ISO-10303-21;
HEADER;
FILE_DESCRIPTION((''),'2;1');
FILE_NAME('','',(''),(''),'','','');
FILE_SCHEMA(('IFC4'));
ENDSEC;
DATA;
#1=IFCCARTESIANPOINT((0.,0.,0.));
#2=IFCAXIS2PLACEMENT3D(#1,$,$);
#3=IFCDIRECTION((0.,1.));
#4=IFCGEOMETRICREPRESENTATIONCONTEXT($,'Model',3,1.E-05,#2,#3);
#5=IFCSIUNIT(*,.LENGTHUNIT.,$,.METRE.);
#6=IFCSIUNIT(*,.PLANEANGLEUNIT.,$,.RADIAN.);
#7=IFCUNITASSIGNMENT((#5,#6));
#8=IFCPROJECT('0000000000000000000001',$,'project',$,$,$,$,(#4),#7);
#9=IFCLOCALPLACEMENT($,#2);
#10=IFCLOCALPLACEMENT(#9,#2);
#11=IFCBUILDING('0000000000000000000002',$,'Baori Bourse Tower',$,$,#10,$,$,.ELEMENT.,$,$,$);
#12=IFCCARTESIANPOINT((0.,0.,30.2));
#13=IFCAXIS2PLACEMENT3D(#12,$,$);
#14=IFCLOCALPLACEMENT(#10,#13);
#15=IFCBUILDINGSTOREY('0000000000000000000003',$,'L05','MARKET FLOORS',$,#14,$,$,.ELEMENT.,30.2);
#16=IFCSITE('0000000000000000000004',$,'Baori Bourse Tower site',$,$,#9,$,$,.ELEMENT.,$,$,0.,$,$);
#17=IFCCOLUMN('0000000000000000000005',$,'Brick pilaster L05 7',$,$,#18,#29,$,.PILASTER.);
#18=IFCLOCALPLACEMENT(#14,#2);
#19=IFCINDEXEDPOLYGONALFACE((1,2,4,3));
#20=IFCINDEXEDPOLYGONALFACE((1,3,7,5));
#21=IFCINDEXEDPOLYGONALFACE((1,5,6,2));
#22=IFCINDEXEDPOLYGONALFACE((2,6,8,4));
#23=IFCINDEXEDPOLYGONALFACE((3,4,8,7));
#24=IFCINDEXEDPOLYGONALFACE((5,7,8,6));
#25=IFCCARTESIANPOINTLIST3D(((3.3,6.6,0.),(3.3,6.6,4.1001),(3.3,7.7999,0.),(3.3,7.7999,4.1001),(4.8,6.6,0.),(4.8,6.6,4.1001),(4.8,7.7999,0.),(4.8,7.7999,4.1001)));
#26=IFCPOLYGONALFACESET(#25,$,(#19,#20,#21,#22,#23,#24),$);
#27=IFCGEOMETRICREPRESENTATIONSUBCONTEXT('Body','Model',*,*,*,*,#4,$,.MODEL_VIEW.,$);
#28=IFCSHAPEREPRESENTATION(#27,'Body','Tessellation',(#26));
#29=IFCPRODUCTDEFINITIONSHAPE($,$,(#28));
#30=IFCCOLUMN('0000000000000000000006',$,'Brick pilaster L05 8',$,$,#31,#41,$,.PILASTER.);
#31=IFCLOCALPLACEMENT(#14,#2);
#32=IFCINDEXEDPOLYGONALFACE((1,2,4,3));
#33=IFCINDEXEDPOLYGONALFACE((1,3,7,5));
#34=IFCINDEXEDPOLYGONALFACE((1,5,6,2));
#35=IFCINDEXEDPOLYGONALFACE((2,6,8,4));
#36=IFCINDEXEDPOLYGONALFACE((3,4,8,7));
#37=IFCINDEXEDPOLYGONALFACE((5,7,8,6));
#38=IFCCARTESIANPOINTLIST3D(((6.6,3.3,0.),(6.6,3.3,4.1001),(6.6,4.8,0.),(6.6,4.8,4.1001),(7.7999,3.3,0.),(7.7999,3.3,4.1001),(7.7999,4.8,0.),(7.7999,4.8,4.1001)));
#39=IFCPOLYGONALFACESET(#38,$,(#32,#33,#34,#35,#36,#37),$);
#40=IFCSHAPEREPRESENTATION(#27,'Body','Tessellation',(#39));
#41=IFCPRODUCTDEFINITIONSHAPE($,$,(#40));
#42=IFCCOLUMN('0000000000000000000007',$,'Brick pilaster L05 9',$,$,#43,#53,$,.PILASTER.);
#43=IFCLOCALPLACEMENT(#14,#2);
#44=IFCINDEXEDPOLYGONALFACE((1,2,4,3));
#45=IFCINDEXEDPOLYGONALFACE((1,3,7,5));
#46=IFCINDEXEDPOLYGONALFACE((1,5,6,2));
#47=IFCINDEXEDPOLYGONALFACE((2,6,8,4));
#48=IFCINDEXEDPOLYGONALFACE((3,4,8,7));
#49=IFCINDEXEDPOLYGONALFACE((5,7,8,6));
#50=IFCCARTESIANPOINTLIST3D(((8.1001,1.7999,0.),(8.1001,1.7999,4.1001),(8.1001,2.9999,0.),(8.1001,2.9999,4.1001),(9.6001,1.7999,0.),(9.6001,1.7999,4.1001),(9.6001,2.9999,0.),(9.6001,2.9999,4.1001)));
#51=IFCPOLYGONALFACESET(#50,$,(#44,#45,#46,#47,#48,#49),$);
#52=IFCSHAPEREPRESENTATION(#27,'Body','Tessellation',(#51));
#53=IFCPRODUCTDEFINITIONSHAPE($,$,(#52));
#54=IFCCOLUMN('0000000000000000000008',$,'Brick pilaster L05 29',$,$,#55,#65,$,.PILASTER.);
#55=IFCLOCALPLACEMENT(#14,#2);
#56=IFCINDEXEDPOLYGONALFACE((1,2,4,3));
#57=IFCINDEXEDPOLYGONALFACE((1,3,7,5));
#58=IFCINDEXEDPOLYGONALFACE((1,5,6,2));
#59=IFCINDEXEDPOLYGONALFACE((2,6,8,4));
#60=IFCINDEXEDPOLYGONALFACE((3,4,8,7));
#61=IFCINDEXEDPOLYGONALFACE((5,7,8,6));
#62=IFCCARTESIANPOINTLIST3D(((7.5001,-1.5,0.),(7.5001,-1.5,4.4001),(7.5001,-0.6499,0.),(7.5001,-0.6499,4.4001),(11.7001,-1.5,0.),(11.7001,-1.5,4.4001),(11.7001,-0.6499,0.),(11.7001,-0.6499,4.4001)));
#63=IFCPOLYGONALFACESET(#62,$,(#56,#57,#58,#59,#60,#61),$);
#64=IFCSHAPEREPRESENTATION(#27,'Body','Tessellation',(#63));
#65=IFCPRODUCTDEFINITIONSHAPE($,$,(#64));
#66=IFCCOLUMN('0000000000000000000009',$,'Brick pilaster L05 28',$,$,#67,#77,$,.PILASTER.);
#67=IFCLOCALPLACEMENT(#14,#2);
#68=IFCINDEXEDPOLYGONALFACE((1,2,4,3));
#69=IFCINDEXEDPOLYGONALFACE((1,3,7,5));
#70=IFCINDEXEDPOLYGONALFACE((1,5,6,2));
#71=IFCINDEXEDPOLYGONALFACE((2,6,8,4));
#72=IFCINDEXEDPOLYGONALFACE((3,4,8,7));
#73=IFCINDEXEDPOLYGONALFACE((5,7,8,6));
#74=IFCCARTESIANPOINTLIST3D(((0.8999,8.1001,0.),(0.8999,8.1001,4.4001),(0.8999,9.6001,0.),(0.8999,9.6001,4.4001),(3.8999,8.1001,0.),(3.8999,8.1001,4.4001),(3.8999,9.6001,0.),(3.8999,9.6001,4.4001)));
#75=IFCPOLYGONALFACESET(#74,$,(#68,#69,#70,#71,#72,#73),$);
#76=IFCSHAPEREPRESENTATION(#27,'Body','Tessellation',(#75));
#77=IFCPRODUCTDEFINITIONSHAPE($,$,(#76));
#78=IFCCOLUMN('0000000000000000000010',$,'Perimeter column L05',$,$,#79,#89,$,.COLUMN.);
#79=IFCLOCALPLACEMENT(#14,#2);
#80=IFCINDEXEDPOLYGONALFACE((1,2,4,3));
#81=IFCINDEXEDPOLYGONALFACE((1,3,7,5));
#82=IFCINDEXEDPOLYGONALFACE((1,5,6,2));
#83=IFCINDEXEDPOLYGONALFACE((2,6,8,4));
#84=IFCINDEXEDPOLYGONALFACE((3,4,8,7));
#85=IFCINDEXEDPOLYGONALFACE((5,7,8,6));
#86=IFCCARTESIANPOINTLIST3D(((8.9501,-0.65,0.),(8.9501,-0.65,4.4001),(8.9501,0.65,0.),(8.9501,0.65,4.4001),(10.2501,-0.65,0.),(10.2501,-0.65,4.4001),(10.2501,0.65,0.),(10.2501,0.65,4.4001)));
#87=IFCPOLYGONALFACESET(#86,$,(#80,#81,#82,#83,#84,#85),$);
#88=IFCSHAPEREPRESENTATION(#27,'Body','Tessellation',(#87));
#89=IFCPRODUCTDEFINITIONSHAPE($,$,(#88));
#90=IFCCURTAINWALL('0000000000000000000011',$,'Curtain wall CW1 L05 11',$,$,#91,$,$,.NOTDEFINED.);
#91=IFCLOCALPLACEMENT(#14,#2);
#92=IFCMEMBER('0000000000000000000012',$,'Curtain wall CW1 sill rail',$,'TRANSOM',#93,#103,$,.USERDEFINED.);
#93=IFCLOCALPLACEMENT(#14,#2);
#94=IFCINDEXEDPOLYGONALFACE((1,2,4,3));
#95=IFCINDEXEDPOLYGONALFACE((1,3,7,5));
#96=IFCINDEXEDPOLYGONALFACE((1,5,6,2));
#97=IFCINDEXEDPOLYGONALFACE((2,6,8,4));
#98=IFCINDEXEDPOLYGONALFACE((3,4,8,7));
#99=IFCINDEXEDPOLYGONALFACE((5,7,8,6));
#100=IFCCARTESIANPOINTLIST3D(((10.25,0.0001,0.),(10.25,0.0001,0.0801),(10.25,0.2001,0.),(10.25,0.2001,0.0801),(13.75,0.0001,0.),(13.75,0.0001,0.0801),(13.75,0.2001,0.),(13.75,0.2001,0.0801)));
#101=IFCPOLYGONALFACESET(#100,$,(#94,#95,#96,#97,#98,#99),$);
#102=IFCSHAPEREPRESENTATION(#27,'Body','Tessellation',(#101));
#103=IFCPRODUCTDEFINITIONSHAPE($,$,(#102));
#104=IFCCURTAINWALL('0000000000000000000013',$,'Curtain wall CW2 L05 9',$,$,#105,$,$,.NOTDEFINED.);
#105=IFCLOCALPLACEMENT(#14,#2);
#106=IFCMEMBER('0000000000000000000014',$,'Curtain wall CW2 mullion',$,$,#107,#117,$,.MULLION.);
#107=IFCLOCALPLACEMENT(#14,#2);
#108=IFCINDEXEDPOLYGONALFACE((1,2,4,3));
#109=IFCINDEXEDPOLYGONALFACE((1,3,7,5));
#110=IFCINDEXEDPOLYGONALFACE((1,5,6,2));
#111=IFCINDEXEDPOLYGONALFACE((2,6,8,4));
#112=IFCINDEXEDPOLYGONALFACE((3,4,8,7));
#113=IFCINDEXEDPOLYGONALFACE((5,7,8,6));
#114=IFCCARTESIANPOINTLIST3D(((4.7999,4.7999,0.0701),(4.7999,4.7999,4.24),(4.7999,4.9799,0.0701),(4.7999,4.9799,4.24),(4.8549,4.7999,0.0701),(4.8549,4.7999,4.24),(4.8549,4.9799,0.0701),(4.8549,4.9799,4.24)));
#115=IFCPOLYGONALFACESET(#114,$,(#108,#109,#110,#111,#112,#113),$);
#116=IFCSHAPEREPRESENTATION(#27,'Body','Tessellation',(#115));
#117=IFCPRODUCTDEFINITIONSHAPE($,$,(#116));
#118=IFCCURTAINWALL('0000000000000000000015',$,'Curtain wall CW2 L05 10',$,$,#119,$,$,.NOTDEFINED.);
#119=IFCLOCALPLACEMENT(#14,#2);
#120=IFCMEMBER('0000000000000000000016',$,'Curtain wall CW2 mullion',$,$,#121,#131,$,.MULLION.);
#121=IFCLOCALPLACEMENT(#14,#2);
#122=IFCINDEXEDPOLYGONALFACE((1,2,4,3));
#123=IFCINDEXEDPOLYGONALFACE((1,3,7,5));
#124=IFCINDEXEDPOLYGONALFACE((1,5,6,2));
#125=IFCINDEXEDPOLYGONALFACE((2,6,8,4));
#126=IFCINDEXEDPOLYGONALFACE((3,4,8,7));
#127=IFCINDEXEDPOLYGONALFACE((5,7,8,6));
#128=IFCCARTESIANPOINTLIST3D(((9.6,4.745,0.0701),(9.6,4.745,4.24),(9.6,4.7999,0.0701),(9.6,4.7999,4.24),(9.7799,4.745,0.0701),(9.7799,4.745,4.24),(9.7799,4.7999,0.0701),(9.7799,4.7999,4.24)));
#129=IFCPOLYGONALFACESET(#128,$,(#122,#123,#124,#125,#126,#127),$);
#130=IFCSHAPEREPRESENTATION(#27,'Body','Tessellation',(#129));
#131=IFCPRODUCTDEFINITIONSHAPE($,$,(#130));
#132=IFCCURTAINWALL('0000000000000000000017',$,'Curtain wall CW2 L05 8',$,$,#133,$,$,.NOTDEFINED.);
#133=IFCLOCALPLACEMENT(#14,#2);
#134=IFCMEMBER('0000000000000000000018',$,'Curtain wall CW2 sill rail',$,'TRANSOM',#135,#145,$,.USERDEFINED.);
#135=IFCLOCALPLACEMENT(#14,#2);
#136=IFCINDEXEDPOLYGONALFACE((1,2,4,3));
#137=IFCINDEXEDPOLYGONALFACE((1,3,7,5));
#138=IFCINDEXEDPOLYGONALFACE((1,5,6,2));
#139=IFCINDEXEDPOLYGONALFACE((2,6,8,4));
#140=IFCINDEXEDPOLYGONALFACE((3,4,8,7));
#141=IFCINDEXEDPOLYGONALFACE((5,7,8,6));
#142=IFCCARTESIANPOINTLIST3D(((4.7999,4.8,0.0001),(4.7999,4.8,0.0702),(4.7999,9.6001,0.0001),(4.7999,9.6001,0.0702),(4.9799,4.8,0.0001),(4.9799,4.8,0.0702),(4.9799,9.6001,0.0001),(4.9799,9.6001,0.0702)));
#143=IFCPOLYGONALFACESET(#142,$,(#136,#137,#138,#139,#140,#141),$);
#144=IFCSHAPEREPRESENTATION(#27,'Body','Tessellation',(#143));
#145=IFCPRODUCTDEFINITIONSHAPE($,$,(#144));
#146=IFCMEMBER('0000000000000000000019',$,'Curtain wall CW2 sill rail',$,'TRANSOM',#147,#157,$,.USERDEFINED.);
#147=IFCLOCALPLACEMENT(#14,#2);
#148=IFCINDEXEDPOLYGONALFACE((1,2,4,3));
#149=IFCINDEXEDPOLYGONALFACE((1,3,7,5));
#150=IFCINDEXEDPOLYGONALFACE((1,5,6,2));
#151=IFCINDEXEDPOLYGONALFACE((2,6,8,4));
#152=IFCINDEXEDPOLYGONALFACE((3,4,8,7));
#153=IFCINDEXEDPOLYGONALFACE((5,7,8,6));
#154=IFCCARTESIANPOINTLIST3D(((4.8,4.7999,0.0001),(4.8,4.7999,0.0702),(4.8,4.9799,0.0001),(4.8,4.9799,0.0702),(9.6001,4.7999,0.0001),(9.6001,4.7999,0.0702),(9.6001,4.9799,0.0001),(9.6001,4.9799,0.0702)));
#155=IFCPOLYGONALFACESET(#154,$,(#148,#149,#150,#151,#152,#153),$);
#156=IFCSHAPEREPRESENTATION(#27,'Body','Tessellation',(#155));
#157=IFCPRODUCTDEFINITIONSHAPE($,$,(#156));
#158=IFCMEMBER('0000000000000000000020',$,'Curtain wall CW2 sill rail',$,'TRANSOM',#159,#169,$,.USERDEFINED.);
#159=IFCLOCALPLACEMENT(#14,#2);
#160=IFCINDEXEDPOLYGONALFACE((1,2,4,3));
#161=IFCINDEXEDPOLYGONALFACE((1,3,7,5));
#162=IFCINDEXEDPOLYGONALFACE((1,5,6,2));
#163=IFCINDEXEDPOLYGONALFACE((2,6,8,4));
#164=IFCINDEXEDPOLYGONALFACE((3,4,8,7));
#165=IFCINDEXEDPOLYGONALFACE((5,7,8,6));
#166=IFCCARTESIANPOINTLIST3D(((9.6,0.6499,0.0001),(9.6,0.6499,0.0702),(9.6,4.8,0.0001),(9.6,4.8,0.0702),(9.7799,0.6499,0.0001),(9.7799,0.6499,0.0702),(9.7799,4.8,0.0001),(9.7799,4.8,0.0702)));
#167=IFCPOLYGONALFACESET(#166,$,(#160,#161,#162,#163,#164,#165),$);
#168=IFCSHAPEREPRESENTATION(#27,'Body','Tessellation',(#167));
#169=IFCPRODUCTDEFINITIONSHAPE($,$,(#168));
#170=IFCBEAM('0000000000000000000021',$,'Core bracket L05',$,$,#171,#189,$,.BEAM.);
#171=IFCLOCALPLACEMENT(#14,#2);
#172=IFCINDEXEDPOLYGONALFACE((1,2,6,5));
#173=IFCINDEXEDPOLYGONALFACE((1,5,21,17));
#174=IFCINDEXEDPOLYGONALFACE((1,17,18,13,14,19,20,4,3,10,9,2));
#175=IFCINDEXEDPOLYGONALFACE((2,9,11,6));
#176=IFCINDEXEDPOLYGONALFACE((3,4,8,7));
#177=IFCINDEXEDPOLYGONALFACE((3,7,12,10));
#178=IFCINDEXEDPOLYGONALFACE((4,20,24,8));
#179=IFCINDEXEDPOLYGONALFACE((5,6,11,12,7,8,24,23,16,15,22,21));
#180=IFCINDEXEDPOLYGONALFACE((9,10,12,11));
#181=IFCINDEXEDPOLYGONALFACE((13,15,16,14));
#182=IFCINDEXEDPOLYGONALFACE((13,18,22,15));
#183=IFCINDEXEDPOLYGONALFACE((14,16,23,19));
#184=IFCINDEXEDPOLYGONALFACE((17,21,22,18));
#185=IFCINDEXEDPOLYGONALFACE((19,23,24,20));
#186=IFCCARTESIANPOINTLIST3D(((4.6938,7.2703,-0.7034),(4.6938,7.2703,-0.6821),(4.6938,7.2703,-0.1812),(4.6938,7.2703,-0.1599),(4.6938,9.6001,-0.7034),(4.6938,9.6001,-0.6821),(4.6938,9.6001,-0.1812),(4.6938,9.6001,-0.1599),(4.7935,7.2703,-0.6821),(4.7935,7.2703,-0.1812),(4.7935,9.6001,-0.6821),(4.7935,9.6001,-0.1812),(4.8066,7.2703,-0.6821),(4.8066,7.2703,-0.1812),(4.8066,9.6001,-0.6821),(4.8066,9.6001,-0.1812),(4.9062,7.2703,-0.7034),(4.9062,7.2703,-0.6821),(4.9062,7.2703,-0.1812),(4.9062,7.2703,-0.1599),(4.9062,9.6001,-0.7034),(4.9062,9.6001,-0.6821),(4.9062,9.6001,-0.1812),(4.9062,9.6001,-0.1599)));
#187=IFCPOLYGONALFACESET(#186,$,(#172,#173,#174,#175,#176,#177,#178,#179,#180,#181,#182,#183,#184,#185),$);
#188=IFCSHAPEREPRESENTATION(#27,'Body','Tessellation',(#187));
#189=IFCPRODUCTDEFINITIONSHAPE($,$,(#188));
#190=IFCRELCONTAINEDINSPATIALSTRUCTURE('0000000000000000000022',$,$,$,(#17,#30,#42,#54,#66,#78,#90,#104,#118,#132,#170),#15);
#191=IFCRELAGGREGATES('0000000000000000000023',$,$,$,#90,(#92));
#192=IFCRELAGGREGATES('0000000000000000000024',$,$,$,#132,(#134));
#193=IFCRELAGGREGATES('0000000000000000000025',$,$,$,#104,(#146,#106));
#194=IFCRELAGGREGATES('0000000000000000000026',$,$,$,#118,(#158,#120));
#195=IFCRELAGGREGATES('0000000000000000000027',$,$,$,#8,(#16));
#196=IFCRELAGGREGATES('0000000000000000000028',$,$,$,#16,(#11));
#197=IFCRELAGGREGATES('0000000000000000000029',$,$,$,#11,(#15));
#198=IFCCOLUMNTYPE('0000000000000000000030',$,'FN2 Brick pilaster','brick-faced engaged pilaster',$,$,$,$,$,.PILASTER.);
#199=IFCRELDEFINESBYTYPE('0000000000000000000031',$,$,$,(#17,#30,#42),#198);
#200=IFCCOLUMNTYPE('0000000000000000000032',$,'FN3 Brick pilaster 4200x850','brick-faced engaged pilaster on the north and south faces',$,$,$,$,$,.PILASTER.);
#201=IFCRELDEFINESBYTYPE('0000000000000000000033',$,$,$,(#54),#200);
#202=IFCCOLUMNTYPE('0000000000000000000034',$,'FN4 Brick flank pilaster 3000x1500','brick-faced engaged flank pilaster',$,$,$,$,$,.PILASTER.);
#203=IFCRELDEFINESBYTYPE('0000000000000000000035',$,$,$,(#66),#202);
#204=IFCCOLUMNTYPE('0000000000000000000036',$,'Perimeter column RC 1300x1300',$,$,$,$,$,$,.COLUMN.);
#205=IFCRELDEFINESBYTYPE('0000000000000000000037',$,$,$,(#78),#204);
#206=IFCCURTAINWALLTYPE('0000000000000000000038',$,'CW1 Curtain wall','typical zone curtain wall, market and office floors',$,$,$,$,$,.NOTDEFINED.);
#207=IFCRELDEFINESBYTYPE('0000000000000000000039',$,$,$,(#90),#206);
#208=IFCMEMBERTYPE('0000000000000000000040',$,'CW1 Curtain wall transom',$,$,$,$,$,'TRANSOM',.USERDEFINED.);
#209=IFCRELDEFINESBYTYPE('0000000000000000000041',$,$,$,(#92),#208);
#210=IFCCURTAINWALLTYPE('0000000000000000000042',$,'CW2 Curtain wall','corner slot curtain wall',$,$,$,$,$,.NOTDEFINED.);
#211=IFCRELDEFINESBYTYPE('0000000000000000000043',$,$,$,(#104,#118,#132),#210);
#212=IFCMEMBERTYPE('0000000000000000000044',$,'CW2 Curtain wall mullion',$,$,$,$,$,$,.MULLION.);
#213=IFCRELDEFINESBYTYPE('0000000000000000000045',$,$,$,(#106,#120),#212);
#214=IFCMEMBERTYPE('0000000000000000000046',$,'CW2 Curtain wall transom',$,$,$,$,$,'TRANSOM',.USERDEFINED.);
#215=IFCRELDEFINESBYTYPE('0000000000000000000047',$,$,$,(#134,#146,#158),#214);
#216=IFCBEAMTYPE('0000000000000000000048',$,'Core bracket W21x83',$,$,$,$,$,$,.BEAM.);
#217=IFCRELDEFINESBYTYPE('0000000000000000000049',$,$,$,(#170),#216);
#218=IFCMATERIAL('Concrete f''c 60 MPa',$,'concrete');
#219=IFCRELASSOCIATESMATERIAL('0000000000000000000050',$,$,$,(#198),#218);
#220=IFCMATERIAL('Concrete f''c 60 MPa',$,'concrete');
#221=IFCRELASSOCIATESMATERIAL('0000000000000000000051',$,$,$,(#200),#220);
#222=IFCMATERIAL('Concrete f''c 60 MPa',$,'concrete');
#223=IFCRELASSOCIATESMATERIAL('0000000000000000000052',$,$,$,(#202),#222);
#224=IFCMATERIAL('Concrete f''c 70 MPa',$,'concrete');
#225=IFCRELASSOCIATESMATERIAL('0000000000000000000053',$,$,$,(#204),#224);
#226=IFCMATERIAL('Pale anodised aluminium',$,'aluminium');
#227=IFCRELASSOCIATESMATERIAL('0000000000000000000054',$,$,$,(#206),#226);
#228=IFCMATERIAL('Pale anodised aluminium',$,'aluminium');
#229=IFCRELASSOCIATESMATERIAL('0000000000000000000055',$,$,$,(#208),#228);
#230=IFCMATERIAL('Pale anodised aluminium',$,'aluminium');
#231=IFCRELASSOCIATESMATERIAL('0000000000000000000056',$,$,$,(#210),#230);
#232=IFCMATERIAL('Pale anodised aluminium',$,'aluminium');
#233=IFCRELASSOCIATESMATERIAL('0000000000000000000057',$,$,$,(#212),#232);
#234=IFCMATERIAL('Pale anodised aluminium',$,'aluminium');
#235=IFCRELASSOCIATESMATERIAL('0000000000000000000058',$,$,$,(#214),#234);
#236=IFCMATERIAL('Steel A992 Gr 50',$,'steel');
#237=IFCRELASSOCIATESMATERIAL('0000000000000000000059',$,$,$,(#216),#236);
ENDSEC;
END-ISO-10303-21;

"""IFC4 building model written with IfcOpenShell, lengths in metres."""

from ifc_helpers import new_model, si_unit, direction, frame, origin, origin_2d, place, context, subcontext, project, spatial, rectangle, i_section, extrude, material, material_profile, profile_set, type_object, element, aggregate, save


model = new_model("IFC4")

# Units and contexts
model_context = context("Model", 3, precision=1e-05, world=origin(), true_north=direction((0.0, 1.0)))
body_context = subcontext(model_context, "Body", "Model", "MODEL_VIEW")
ifc_project = project(units=[si_unit("LENGTHUNIT", "METRE"), si_unit("PLANEANGLEUNIT", "RADIAN")], contexts=[model_context])

# Site, building, storey
site_placement = place(None, origin())
site = spatial("IfcSite", under=ifc_project, at=site_placement, Name="Baori Bourse Tower site", CompositionType="ELEMENT", RefElevation=0.0)
building_placement = place(site_placement, origin())
building = spatial("IfcBuilding", under=site, at=building_placement, Name="Baori Bourse Tower", CompositionType="ELEMENT")
storey_placement = place(building_placement, frame((0.0, 0.0, 30.2)))
storey = spatial("IfcBuildingStorey", under=building, at=storey_placement, Name="L05", Description="MARKET FLOORS", CompositionType="ELEMENT", Elevation=30.2)

# Columns
ifc_material_1 = material(Name="Concrete f'c 60 MPa", Category="concrete")
ifc_material_profile_1 = material_profile(ifc_material_1, rectangle(XDim=1.2, YDim=1.5, at=origin_2d()), Name="RC 1200x1500")
ifc_profile_set_1 = profile_set([ifc_material_profile_1], Name="Concrete f'c 60 MPa")
column_type_1 = type_object("IfcColumnType", Name="FN2 Brick pilaster", Description="brick-faced engaged pilaster", PredefinedType="PILASTER", material=ifc_profile_set_1)
for number, where, z_axis, x_axis, name in (
    (1, (4.05, 7.2, 0.0), (0.0, 0.0, 1.0), (0.0, 1.0, 0.0), "Brick pilaster L05 7"),
    (2, (7.2, 4.05, 0.0), (0.0, 0.0, 1.0), (1.0, 0.0, 0.0), "Brick pilaster L05 8"),
    (3, (8.8501, 2.3999, 0.0), (0.0, 0.0, 1.0), (0.0, 1.0, 0.0), "Brick pilaster L05 9"),
):
    element("IfcColumn", number, at=place(storey_placement, frame(where, z_axis=z_axis, x_axis=x_axis)), inside=storey, type_object=column_type_1, Name=name, PredefinedType="PILASTER", context=body_context, shape_type="SweptSolid", body=[
        extrude(rectangle(XDim=1.2, YDim=1.5, at=origin_2d()), origin(), (0.0, 0.0, 1.0), 4.1001),
    ])
ifc_material_2 = material(Name="Concrete f'c 60 MPa", Category="concrete")
ifc_material_profile_2 = material_profile(ifc_material_2, rectangle(XDim=4.2, YDim=0.8501, at=origin_2d()), Name="RC 4200x850")
ifc_profile_set_2 = profile_set([ifc_material_profile_2], Name="Concrete f'c 60 MPa")
column_type_2 = type_object("IfcColumnType", Name="FN3 Brick pilaster 4200x850", Description="brick-faced engaged pilaster on the north and south faces", PredefinedType="PILASTER", material=ifc_profile_set_2)
column_1_placement = place(storey_placement, frame((9.6001, -1.075, 0.0), z_axis=(0.0, 0.0, 1.0), x_axis=(1.0, 0.0, 0.0)))
element("IfcColumn", 4, at=column_1_placement, inside=storey, type_object=column_type_2, Name="Brick pilaster L05 29", PredefinedType="PILASTER", context=body_context, shape_type="SweptSolid", body=[
    extrude(rectangle(XDim=4.2, YDim=0.8501, at=origin_2d()), origin(), (0.0, 0.0, 1.0), 4.4001),
])
ifc_material_3 = material(Name="Concrete f'c 60 MPa", Category="concrete")
ifc_material_profile_3 = material_profile(ifc_material_3, rectangle(XDim=3.0, YDim=1.5, at=origin_2d()), Name="RC 3000x1500")
ifc_profile_set_3 = profile_set([ifc_material_profile_3], Name="Concrete f'c 60 MPa")
column_type_3 = type_object("IfcColumnType", Name="FN4 Brick flank pilaster 3000x1500", Description="brick-faced engaged flank pilaster", PredefinedType="PILASTER", material=ifc_profile_set_3)
column_2_placement = place(storey_placement, frame((2.3999, 8.8501, 0.0), z_axis=(0.0, 0.0, 1.0), x_axis=(1.0, 0.0, 0.0)))
element("IfcColumn", 5, at=column_2_placement, inside=storey, type_object=column_type_3, Name="Brick pilaster L05 28", PredefinedType="PILASTER", context=body_context, shape_type="SweptSolid", body=[
    extrude(rectangle(XDim=3.0, YDim=1.5, at=origin_2d()), origin(), (0.0, 0.0, 1.0), 4.4001),
])
ifc_material_4 = material(Name="Concrete f'c 70 MPa", Category="concrete")
ifc_material_profile_4 = material_profile(ifc_material_4, rectangle(XDim=1.3, YDim=1.3, at=origin_2d()), Name="RC 1300x1300")
ifc_profile_set_4 = profile_set([ifc_material_profile_4], Name="Concrete f'c 70 MPa")
column_type_4 = type_object("IfcColumnType", Name="Perimeter column RC 1300x1300", PredefinedType="COLUMN", material=ifc_profile_set_4)
column_3_placement = place(storey_placement, frame((9.6001, 0.0, 0.0), z_axis=(0.0, 0.0, 1.0), x_axis=(1.0, 0.0, 0.0)))
element("IfcColumn", 6, at=column_3_placement, inside=storey, type_object=column_type_4, Name="Perimeter column L05", PredefinedType="COLUMN", context=body_context, shape_type="SweptSolid", body=[
    extrude(rectangle(XDim=1.3, YDim=1.3, at=origin_2d()), origin(), (0.0, 0.0, 1.0), 4.4001),
])

# Curtain walls, members
ifc_material_5 = material(Name="Pale anodised aluminium", Category="aluminium")
curtain_wall_type_1 = type_object("IfcCurtainWallType", Name="CW1 Curtain wall", Description="typical zone curtain wall, market and office floors", PredefinedType="NOTDEFINED", material=ifc_material_5)
curtain_wall_1_placement = place(storey_placement, origin())
curtain_wall_1 = element("IfcCurtainWall", 7, at=curtain_wall_1_placement, inside=storey, type_object=curtain_wall_type_1, Name="Curtain wall CW1 L05 11", PredefinedType="NOTDEFINED")
ifc_material_6 = material(Name="Pale anodised aluminium", Category="aluminium")
ifc_material_profile_5 = material_profile(ifc_material_6, rectangle(XDim=0.2, YDim=0.0801, at=origin_2d()), Name="Transom 80x200")
ifc_profile_set_5 = profile_set([ifc_material_profile_5], Name="Pale anodised aluminium")
member_type_1 = type_object("IfcMemberType", Name="CW1 Curtain wall transom", ElementType="TRANSOM", PredefinedType="USERDEFINED", material=ifc_profile_set_5)
member_1_placement = place(storey_placement, frame((10.25, 0.1001, 0.04), z_axis=(1.0, 0.0, 0.0), x_axis=(0.0, 1.0, 0.0)))
member_1 = element("IfcMember", 8, at=member_1_placement, type_object=member_type_1, Name="Curtain wall CW1 sill rail", ObjectType="TRANSOM", PredefinedType="USERDEFINED", context=body_context, shape_type="SweptSolid", body=[
    extrude(rectangle(XDim=0.2, YDim=0.0801, at=origin_2d()), origin(), (0.0, 0.0, 1.0), 3.5),
])
aggregate(curtain_wall_1, [member_1])
ifc_material_7 = material(Name="Pale anodised aluminium", Category="aluminium")
curtain_wall_type_2 = type_object("IfcCurtainWallType", Name="CW2 Curtain wall", Description="corner slot curtain wall", PredefinedType="NOTDEFINED", material=ifc_material_7)
curtain_wall_2_placement = place(storey_placement, origin())
curtain_wall_2 = element("IfcCurtainWall", 9, at=curtain_wall_2_placement, inside=storey, type_object=curtain_wall_type_2, Name="Curtain wall CW2 L05 9", PredefinedType="NOTDEFINED")
ifc_material_8 = material(Name="Pale anodised aluminium", Category="aluminium")
ifc_material_profile_6 = material_profile(ifc_material_8, rectangle(XDim=0.1799, YDim=0.0549, at=origin_2d()), Name="Mullion 55x180")
ifc_profile_set_6 = profile_set([ifc_material_profile_6], Name="Pale anodised aluminium")
member_type_2 = type_object("IfcMemberType", Name="CW2 Curtain wall mullion", PredefinedType="MULLION", material=ifc_profile_set_6)
member_2_placement = place(storey_placement, frame((4.8274, 4.8899, 0.0701), z_axis=(0.0, 0.0, 1.0), x_axis=(0.0, 1.0, 0.0)))
member_2 = element("IfcMember", 10, at=member_2_placement, type_object=member_type_2, Name="Curtain wall CW2 mullion", PredefinedType="MULLION", context=body_context, shape_type="SweptSolid", body=[
    extrude(rectangle(XDim=0.1799, YDim=0.0549, at=origin_2d()), origin(), (0.0, 0.0, 1.0), 4.1699),
])
curtain_wall_3_placement = place(storey_placement, origin())
curtain_wall_3 = element("IfcCurtainWall", 11, at=curtain_wall_3_placement, inside=storey, type_object=curtain_wall_type_2, Name="Curtain wall CW2 L05 10", PredefinedType="NOTDEFINED")
member_3_placement = place(storey_placement, frame((9.6899, 4.7725, 0.0701), z_axis=(0.0, 0.0, 1.0), x_axis=(1.0, 0.0, 0.0)))
member_3 = element("IfcMember", 12, at=member_3_placement, type_object=member_type_2, Name="Curtain wall CW2 mullion", PredefinedType="MULLION", context=body_context, shape_type="SweptSolid", body=[
    extrude(rectangle(XDim=0.1799, YDim=0.0549, at=origin_2d()), origin(), (0.0, 0.0, 1.0), 4.1699),
])
curtain_wall_4_placement = place(storey_placement, origin())
curtain_wall_4 = element("IfcCurtainWall", 13, at=curtain_wall_4_placement, inside=storey, type_object=curtain_wall_type_2, Name="Curtain wall CW2 L05 8", PredefinedType="NOTDEFINED")
ifc_material_9 = material(Name="Pale anodised aluminium", Category="aluminium")
ifc_material_profile_7 = material_profile(ifc_material_9, rectangle(XDim=0.1799, YDim=0.0701, at=origin_2d()), Name="Transom 70x180")
ifc_profile_set_7 = profile_set([ifc_material_profile_7], Name="Pale anodised aluminium")
member_type_3 = type_object("IfcMemberType", Name="CW2 Curtain wall transom", ElementType="TRANSOM", PredefinedType="USERDEFINED", material=ifc_profile_set_7)
member_4_placement = place(storey_placement, frame((4.8899, 9.6001, 0.0352), z_axis=(0.0, -1.0, 0.0), x_axis=(1.0, 0.0, 0.0)))
member_4 = element("IfcMember", 14, at=member_4_placement, type_object=member_type_3, Name="Curtain wall CW2 sill rail", ObjectType="TRANSOM", PredefinedType="USERDEFINED", context=body_context, shape_type="SweptSolid", body=[
    extrude(rectangle(XDim=0.1799, YDim=0.0701, at=origin_2d()), origin(), (0.0, 0.0, 1.0), 4.8),
])

# Members
member_5_placement = place(storey_placement, frame((4.8, 4.8899, 0.0352), z_axis=(1.0, 0.0, 0.0), x_axis=(0.0, 1.0, 0.0)))
member_5 = element("IfcMember", 15, at=member_5_placement, type_object=member_type_3, Name="Curtain wall CW2 sill rail", ObjectType="TRANSOM", PredefinedType="USERDEFINED", context=body_context, shape_type="SweptSolid", body=[
    extrude(rectangle(XDim=0.1799, YDim=0.0701, at=origin_2d()), origin(), (0.0, 0.0, 1.0), 4.8),
])
member_6_placement = place(storey_placement, frame((9.6899, 4.8, 0.0352), z_axis=(0.0, -1.0, 0.0), x_axis=(1.0, 0.0, 0.0)))
member_6 = element("IfcMember", 16, at=member_6_placement, type_object=member_type_3, Name="Curtain wall CW2 sill rail", ObjectType="TRANSOM", PredefinedType="USERDEFINED", context=body_context, shape_type="SweptSolid", body=[
    extrude(rectangle(XDim=0.1799, YDim=0.0701, at=origin_2d()), origin(), (0.0, 0.0, 1.0), 4.1501),
])

# Beam
ifc_material_10 = material(Name="Steel A992 Gr 50", Category="steel")
ifc_material_profile_8 = material_profile(ifc_material_10, i_section(OverallWidth=0.2124, OverallDepth=0.5435, WebThickness=0.0132, FlangeThickness=0.0212, at=origin_2d()), Name="W21x83")
ifc_profile_set_8 = profile_set([ifc_material_profile_8], Name="Steel A992 Gr 50")
beam_type_1 = type_object("IfcBeamType", Name="Core bracket W21x83", PredefinedType="BEAM", material=ifc_profile_set_8)
beam_1_placement = place(storey_placement, frame((4.8, 7.2703, -0.4316), z_axis=(0.0, 1.0, 0.0), x_axis=(-1.0, 0.0, 0.0)))
element("IfcBeam", 17, at=beam_1_placement, inside=storey, type_object=beam_type_1, Name="Core bracket L05", PredefinedType="BEAM", context=body_context, shape_type="SweptSolid", body=[
    extrude(i_section(OverallWidth=0.2124, OverallDepth=0.5435, WebThickness=0.0132, FlangeThickness=0.0212, at=origin_2d()), origin(), (0.0, 0.0, 1.0), 2.3298),
])

aggregate(curtain_wall_4, [member_4])
aggregate(curtain_wall_2, [member_5, member_2])
aggregate(curtain_wall_3, [member_6, member_3])

save(model, "model.ifc")
